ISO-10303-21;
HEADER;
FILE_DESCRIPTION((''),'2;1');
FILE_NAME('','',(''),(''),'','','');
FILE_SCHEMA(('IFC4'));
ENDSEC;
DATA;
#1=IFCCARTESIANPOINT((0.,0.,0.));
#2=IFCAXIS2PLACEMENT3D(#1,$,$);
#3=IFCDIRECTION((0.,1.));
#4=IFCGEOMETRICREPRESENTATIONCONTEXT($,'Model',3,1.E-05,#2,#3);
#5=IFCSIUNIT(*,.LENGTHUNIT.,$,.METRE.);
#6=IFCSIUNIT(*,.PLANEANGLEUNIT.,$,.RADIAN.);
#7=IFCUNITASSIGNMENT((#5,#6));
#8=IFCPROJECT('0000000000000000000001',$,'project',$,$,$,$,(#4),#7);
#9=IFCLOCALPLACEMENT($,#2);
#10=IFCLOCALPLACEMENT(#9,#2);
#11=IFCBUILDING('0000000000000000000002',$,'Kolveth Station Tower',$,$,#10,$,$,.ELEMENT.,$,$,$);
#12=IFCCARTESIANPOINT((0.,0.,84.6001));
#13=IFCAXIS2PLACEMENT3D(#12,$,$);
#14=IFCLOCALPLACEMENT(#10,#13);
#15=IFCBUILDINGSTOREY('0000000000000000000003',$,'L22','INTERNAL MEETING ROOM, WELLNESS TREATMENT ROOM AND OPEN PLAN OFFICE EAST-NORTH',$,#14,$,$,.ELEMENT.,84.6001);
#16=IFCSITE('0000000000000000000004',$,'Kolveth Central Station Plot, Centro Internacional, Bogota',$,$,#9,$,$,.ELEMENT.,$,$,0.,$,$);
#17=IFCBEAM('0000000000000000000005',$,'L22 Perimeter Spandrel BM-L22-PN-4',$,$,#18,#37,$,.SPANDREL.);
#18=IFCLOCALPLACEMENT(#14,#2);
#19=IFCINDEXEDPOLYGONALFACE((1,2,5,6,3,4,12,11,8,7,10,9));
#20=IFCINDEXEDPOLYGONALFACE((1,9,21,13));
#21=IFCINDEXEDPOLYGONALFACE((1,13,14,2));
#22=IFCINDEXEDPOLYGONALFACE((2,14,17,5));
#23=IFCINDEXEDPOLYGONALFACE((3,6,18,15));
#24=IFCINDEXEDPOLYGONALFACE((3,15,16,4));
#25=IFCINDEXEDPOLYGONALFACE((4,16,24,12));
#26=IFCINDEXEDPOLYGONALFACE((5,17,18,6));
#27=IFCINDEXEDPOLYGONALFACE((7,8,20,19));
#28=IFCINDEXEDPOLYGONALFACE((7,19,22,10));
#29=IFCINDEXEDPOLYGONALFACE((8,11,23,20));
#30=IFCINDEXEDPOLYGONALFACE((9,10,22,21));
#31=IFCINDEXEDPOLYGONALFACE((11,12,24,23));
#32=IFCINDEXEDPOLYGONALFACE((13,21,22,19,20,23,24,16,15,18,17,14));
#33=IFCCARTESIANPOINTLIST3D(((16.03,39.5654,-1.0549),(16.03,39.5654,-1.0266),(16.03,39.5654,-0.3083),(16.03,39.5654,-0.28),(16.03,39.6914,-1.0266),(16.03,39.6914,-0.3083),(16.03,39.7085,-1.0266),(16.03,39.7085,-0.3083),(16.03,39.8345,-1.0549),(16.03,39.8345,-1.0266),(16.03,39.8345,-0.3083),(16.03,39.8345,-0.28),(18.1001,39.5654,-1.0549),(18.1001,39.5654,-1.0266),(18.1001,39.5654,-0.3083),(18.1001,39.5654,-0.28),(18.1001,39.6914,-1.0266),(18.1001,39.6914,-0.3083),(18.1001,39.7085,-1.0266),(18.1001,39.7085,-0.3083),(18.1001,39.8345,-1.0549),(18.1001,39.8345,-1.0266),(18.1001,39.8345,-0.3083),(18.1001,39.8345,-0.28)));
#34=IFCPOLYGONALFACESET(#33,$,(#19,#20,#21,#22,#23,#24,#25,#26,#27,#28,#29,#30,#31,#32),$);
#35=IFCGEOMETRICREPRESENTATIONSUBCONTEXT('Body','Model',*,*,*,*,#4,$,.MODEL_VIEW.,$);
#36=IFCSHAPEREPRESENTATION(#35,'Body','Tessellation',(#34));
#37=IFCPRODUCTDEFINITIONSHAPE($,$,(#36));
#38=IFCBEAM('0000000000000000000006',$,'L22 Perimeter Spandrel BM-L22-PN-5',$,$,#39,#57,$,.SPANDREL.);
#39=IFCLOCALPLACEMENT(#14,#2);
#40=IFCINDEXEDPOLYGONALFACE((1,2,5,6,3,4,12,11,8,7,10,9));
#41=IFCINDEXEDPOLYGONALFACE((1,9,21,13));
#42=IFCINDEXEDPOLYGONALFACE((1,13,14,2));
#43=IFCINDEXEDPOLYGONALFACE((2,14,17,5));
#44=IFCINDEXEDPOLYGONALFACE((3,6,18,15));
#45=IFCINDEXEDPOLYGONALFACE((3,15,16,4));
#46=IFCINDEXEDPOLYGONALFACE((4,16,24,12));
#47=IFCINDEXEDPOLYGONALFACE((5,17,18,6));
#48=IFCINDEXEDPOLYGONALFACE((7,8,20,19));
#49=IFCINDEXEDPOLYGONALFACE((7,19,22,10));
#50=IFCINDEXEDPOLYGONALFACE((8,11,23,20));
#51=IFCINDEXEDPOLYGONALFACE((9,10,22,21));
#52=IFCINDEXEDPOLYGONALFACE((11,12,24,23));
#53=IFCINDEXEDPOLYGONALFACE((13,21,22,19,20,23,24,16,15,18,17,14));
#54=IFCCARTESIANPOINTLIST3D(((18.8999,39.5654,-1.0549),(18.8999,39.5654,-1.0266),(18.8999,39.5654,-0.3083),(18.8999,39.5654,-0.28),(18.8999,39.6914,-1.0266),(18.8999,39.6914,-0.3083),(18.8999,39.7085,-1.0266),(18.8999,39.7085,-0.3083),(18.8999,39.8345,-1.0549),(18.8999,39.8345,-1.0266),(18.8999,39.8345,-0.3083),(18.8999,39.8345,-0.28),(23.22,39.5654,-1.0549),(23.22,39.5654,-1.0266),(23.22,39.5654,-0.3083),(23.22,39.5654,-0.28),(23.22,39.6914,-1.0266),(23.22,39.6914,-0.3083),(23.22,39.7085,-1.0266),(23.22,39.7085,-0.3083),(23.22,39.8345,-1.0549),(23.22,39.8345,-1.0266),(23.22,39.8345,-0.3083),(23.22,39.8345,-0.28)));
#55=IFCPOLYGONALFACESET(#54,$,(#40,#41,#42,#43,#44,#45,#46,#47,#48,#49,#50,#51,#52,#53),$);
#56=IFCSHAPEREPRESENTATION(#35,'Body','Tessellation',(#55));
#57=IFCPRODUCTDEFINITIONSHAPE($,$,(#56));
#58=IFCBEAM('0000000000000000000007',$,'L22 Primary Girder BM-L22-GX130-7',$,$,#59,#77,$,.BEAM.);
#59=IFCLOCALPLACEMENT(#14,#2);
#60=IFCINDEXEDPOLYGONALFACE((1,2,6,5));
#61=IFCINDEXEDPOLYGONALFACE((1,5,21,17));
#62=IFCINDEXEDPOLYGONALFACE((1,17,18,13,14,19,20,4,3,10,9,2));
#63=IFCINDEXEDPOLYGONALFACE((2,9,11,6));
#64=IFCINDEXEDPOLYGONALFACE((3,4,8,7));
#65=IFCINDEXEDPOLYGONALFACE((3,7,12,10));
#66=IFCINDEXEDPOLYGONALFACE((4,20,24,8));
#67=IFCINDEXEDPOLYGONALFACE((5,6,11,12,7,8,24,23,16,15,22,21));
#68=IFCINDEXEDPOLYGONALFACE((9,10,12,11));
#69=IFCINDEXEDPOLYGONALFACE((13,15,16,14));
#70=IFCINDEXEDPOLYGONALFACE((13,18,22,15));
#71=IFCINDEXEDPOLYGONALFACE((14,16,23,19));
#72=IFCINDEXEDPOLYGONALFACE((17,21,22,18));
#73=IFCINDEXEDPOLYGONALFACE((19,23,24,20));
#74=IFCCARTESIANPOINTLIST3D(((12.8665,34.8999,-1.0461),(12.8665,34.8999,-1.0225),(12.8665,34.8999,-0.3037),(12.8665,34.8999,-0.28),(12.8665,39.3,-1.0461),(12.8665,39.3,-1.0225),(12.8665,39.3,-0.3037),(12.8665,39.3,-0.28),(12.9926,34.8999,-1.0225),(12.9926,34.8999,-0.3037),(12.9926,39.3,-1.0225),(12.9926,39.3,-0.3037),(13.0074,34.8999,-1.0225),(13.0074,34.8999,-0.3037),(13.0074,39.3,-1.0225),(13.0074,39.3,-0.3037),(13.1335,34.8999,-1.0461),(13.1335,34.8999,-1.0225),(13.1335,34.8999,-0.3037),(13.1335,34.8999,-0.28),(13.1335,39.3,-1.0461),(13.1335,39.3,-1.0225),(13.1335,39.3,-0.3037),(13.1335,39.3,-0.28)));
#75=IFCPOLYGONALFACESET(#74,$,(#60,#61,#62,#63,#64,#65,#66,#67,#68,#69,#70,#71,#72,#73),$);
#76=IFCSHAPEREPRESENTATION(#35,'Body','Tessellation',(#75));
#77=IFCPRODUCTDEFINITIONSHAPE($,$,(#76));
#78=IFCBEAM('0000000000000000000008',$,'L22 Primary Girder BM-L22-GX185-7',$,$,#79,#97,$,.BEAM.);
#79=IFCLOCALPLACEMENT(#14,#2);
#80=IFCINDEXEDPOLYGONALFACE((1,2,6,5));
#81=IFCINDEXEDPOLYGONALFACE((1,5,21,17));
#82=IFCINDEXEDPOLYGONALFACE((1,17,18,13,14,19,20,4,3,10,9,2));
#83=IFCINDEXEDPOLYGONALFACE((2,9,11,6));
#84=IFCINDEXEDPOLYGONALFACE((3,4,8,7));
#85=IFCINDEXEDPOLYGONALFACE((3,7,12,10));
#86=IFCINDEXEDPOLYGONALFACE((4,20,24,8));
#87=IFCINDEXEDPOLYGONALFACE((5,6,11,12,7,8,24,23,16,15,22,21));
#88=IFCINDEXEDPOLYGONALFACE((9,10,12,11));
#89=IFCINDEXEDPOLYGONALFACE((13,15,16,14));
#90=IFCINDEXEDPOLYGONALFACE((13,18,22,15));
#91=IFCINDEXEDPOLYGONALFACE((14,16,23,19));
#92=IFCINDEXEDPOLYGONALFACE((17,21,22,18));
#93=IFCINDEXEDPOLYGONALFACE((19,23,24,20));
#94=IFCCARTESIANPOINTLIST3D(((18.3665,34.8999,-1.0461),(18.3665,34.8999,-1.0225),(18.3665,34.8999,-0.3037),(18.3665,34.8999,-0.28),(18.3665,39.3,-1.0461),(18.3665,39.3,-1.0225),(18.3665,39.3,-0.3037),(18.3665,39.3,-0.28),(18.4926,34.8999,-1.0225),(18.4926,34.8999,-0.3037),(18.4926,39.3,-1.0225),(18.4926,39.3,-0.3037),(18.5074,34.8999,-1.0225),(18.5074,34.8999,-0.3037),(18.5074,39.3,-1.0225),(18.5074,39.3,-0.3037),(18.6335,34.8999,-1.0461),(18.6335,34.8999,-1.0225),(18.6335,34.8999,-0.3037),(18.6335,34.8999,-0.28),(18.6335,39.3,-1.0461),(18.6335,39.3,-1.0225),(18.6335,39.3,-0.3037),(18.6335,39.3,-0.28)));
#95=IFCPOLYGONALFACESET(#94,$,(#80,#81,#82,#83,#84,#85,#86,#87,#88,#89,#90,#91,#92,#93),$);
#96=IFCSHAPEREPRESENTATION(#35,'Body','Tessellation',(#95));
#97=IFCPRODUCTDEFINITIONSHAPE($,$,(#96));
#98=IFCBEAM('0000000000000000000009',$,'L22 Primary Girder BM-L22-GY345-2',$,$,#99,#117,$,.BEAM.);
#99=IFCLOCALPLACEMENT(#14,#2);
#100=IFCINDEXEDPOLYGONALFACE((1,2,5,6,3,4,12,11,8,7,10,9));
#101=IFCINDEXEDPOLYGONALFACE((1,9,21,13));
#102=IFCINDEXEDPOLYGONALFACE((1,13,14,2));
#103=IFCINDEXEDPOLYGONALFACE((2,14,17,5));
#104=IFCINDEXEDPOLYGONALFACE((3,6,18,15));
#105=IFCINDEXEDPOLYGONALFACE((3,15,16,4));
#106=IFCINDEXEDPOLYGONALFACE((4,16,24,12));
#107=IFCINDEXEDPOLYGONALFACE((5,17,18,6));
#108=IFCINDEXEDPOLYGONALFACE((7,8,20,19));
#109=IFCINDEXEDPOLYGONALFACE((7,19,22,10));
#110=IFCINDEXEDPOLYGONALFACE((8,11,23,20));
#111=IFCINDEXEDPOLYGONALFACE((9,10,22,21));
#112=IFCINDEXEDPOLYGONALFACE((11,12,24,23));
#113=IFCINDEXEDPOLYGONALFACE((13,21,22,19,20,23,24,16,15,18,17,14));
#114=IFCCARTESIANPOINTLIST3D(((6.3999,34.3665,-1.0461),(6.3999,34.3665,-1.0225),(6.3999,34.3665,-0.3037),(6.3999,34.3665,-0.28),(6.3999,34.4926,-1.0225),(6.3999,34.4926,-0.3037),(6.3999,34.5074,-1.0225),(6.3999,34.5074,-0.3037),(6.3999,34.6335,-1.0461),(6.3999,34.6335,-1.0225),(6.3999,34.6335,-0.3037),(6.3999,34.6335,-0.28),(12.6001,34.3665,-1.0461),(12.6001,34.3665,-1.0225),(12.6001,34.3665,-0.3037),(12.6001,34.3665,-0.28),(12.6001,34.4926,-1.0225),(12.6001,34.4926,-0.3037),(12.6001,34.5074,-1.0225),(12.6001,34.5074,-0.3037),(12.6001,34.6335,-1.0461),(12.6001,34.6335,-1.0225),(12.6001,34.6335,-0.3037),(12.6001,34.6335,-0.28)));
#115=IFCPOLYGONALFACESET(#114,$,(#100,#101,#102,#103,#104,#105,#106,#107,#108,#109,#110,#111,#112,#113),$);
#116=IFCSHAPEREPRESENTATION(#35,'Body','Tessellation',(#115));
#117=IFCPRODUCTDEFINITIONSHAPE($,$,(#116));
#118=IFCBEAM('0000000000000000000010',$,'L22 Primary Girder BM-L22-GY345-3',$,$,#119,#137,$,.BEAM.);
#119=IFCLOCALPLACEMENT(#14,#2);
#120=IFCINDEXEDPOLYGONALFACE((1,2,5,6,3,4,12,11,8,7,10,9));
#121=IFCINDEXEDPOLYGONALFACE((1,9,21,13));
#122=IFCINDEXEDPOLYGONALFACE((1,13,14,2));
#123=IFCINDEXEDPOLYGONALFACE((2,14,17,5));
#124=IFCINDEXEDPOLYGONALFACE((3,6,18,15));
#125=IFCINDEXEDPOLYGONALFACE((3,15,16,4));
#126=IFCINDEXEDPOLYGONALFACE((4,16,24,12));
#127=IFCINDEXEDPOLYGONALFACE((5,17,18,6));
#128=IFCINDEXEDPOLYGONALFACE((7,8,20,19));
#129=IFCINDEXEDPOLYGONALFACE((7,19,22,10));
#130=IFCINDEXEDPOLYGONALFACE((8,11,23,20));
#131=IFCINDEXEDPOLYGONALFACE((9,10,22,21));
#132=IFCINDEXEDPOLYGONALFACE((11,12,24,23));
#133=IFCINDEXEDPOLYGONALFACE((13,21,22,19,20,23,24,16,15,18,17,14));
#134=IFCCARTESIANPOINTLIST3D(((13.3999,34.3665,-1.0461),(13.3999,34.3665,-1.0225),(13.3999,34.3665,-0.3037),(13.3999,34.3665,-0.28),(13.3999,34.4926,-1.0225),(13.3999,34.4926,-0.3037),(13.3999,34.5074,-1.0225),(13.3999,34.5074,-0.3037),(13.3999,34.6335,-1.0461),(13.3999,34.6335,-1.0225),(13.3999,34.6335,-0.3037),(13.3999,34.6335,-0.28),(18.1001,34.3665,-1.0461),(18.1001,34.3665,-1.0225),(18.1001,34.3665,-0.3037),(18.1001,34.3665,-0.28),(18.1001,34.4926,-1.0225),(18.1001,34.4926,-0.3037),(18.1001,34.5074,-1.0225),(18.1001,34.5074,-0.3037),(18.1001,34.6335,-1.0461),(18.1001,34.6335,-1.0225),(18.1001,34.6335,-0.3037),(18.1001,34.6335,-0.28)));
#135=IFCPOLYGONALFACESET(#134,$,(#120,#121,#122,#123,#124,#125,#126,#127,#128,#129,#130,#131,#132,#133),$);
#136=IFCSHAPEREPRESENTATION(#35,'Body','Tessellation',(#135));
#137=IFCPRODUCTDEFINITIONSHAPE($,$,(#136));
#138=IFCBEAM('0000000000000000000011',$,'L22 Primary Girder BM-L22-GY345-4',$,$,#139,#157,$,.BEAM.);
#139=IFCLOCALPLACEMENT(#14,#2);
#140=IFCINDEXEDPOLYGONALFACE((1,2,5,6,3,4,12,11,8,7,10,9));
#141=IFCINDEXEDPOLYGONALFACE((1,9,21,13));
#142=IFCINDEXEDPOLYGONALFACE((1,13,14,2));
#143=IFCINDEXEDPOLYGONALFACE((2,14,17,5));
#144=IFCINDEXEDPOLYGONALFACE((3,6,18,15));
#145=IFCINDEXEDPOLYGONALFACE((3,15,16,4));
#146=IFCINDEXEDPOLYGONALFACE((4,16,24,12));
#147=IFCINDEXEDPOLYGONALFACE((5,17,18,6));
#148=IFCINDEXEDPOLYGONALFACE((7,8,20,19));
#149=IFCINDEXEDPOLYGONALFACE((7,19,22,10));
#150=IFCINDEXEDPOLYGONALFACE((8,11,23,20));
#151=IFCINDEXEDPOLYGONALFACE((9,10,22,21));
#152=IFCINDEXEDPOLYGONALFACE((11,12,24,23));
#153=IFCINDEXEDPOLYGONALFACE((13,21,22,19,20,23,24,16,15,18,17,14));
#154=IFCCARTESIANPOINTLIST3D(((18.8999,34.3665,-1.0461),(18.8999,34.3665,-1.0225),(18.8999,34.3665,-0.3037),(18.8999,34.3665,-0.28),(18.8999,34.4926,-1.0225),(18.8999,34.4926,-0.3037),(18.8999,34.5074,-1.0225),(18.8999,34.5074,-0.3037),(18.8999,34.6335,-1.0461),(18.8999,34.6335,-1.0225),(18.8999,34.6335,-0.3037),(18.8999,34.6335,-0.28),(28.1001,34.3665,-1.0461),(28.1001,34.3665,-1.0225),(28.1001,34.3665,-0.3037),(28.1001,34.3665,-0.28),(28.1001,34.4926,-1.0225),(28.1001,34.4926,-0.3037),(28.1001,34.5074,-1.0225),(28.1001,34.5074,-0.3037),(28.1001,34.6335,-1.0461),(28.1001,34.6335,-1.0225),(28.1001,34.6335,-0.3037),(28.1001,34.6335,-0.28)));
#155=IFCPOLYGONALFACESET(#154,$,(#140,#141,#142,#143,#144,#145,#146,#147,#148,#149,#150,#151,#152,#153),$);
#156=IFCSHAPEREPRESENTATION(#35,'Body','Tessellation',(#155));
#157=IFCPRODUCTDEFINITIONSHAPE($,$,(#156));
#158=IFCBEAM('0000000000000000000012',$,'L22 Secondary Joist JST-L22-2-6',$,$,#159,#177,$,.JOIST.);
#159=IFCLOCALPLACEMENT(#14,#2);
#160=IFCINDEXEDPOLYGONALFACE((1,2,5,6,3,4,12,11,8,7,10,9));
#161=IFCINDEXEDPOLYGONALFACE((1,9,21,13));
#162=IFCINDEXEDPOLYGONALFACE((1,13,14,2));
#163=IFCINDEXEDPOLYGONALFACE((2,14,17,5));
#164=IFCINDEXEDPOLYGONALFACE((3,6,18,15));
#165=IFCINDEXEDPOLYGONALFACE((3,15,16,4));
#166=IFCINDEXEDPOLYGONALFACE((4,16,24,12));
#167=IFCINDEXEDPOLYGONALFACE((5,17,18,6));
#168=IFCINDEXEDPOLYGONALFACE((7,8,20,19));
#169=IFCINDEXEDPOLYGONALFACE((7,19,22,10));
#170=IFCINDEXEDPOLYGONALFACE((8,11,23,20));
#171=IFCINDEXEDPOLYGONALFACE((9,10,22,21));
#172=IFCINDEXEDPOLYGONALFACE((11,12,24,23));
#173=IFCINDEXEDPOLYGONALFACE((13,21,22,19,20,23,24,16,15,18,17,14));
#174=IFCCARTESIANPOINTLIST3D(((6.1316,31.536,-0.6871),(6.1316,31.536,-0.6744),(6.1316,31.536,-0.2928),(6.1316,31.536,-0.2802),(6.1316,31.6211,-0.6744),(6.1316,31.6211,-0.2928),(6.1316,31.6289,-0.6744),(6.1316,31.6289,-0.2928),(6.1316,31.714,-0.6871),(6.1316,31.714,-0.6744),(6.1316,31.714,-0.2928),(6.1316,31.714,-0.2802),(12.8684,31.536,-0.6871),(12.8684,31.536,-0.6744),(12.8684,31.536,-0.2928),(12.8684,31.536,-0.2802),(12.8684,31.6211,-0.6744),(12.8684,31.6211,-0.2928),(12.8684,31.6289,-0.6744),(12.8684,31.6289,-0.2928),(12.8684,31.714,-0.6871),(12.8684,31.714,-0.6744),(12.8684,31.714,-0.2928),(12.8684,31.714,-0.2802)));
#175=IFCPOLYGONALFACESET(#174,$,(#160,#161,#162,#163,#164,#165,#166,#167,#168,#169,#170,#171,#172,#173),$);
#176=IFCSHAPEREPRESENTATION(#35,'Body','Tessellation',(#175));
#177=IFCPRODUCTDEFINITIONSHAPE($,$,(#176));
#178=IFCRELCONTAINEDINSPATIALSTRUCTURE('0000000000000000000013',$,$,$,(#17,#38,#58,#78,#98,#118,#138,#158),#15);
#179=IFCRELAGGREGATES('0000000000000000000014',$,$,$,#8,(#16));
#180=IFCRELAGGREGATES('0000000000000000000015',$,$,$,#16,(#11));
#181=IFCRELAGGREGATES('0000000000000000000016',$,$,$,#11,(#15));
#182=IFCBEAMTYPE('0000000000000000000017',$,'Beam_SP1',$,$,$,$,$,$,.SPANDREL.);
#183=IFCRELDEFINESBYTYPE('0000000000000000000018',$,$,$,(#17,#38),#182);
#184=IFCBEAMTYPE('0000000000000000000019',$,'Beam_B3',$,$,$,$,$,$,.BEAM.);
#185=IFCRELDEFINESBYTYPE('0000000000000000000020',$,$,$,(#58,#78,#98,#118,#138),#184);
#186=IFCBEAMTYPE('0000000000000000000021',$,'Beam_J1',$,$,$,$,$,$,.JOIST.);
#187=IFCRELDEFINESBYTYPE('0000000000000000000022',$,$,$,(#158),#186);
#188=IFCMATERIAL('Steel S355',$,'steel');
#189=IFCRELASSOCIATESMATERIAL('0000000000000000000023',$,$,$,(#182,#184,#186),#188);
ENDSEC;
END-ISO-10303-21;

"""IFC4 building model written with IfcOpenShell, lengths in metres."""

from ifc_helpers import new_model, si_unit, direction, frame, origin, origin_2d, place, context, subcontext, project, spatial, i_section, extrude, source, transform, mapped, material, material_profile, profile_set, type_object, element, save


model = new_model("IFC4")

# Units and contexts
model_context = context("Model", 3, precision=1e-05, world=origin(), true_north=direction((0.0, 1.0)))
body_context = subcontext(model_context, "Body", "Model", "MODEL_VIEW")
ifc_project = project(units=[si_unit("LENGTHUNIT", "METRE"), si_unit("PLANEANGLEUNIT", "RADIAN")], contexts=[model_context])

# Site, building, storey
site_placement = place(None, origin())
site = spatial("IfcSite", under=ifc_project, at=site_placement, Name="Kolveth Central Station Plot, Centro Internacional, Bogota", CompositionType="ELEMENT", RefElevation=0.0)
building_placement = place(site_placement, origin())
building = spatial("IfcBuilding", under=site, at=building_placement, Name="Kolveth Station Tower", CompositionType="ELEMENT")
storey_placement = place(building_placement, frame((0.0, 0.0, 84.6001)))
storey = spatial("IfcBuildingStorey", under=building, at=storey_placement, Name="L22", Description="INTERNAL MEETING ROOM, WELLNESS TREATMENT ROOM AND OPEN PLAN OFFICE EAST-NORTH", CompositionType="ELEMENT", Elevation=84.6001)

# Shared definitions
ifc_material_1 = material(Name="Steel S355", Category="steel")

# Beams
ifc_material_profile_1 = material_profile(ifc_material_1, i_section(OverallWidth=0.269, OverallDepth=0.7749, WebThickness=0.0171, FlangeThickness=0.0283, at=origin_2d()), Name="W760x220")
ifc_profile_set_1 = profile_set([ifc_material_profile_1], Name="Steel S355")
beam_type_1 = type_object("IfcBeamType", Name="Beam_SP1", PredefinedType="SPANDREL", material=ifc_profile_set_1)
shared_shape_1 = source(origin(), body_context, "Body", "SweptSolid", [
    extrude(i_section(OverallWidth=0.269, OverallDepth=0.7749, WebThickness=0.0171, FlangeThickness=0.0283, at=origin_2d()), origin(), (0.0, 0.0, 1.0), 2.0701),
])
for number, where, z_axis, x_axis, name in (
    (1, (16.03, 39.7, -0.6675), (1.0, 0.0, 0.0), (0.0, 1.0, 0.0), "L22 Perimeter Spandrel BM-L22-PN-4"),
):
    element("IfcBeam", number, at=place(storey_placement, frame(where, z_axis=z_axis, x_axis=x_axis)), inside=storey, type_object=beam_type_1, Name=name, PredefinedType="SPANDREL", context=body_context, shape_type="MappedRepresentation", body=[
        mapped(shared_shape_1, transform((0.0, 0.0, 0.0), x_axis=(1.0, 0.0, 0.0), y_axis=(0.0, 1.0, 0.0), z_axis=(0.0, 0.0, 1.0), scale=1.0)),
    ])
shared_shape_2 = source(origin(), body_context, "Body", "SweptSolid", [
    extrude(i_section(OverallWidth=0.269, OverallDepth=0.7749, WebThickness=0.0171, FlangeThickness=0.0283, at=origin_2d()), origin(), (0.0, 0.0, 1.0), 4.3201),
])
beam_1_placement = place(storey_placement, frame((18.8999, 39.7, -0.6675), z_axis=(1.0, 0.0, 0.0), x_axis=(0.0, 1.0, 0.0)))
element("IfcBeam", 2, at=beam_1_placement, inside=storey, type_object=beam_type_1, Name="L22 Perimeter Spandrel BM-L22-PN-5", PredefinedType="SPANDREL", context=body_context, shape_type="MappedRepresentation", body=[
    mapped(shared_shape_2, transform((0.0, 0.0, 0.0), x_axis=(1.0, 0.0, 0.0), y_axis=(0.0, 1.0, 0.0), z_axis=(0.0, 0.0, 1.0), scale=1.0)),
])
ifc_material_profile_2 = material_profile(ifc_material_1, i_section(OverallWidth=0.2671, OverallDepth=0.7661, WebThickness=0.0149, FlangeThickness=0.0237, at=origin_2d()), Name="W760x185")
ifc_profile_set_2 = profile_set([ifc_material_profile_2], Name="Steel S355")
beam_type_2 = type_object("IfcBeamType", Name="Beam_B3", PredefinedType="BEAM", material=ifc_profile_set_2)
shared_shape_3 = source(origin(), body_context, "Body", "SweptSolid", [
    extrude(i_section(OverallWidth=0.2671, OverallDepth=0.7661, WebThickness=0.0149, FlangeThickness=0.0237, at=origin_2d()), origin(), (0.0, 0.0, 1.0), 4.4001),
])
for number, where, z_axis, x_axis, name in (
    (3, (13.0, 34.8999, -0.6631), (0.0, 1.0, 0.0), (-1.0, 0.0, 0.0), "L22 Primary Girder BM-L22-GX130-7"),
    (4, (18.5, 34.8999, -0.6631), (0.0, 1.0, 0.0), (-1.0, 0.0, 0.0), "L22 Primary Girder BM-L22-GX185-7"),
):
    element("IfcBeam", number, at=place(storey_placement, frame(where, z_axis=z_axis, x_axis=x_axis)), inside=storey, type_object=beam_type_2, Name=name, PredefinedType="BEAM", context=body_context, shape_type="MappedRepresentation", body=[
        mapped(shared_shape_3, transform((0.0, 0.0, 0.0), x_axis=(1.0, 0.0, 0.0), y_axis=(0.0, 1.0, 0.0), z_axis=(0.0, 0.0, 1.0), scale=1.0)),
    ])
shared_shape_4 = source(origin(), body_context, "Body", "SweptSolid", [
    extrude(i_section(OverallWidth=0.2671, OverallDepth=0.7661, WebThickness=0.0149, FlangeThickness=0.0237, at=origin_2d()), origin(), (0.0, 0.0, 1.0), 6.2002),
])
beam_2_placement = place(storey_placement, frame((6.3999, 34.5, -0.6631), z_axis=(1.0, 0.0, 0.0), x_axis=(0.0, 1.0, 0.0)))
element("IfcBeam", 5, at=beam_2_placement, inside=storey, type_object=beam_type_2, Name="L22 Primary Girder BM-L22-GY345-2", PredefinedType="BEAM", context=body_context, shape_type="MappedRepresentation", body=[
    mapped(shared_shape_4, transform((0.0, 0.0, 0.0), x_axis=(1.0, 0.0, 0.0), y_axis=(0.0, 1.0, 0.0), z_axis=(0.0, 0.0, 1.0), scale=1.0)),
])
shared_shape_5 = source(origin(), body_context, "Body", "SweptSolid", [
    extrude(i_section(OverallWidth=0.2671, OverallDepth=0.7661, WebThickness=0.0149, FlangeThickness=0.0237, at=origin_2d()), origin(), (0.0, 0.0, 1.0), 4.7002),
])
beam_3_placement = place(storey_placement, frame((13.3999, 34.5, -0.6631), z_axis=(1.0, 0.0, 0.0), x_axis=(0.0, 1.0, 0.0)))
element("IfcBeam", 6, at=beam_3_placement, inside=storey, type_object=beam_type_2, Name="L22 Primary Girder BM-L22-GY345-3", PredefinedType="BEAM", context=body_context, shape_type="MappedRepresentation", body=[
    mapped(shared_shape_5, transform((0.0, 0.0, 0.0), x_axis=(1.0, 0.0, 0.0), y_axis=(0.0, 1.0, 0.0), z_axis=(0.0, 0.0, 1.0), scale=1.0)),
])
shared_shape_6 = source(origin(), body_context, "Body", "SweptSolid", [
    extrude(i_section(OverallWidth=0.2671, OverallDepth=0.7661, WebThickness=0.0149, FlangeThickness=0.0237, at=origin_2d()), origin(), (0.0, 0.0, 1.0), 9.2002),
])
beam_4_placement = place(storey_placement, frame((18.8999, 34.5, -0.6631), z_axis=(1.0, 0.0, 0.0), x_axis=(0.0, 1.0, 0.0)))
element("IfcBeam", 7, at=beam_4_placement, inside=storey, type_object=beam_type_2, Name="L22 Primary Girder BM-L22-GY345-4", PredefinedType="BEAM", context=body_context, shape_type="MappedRepresentation", body=[
    mapped(shared_shape_6, transform((0.0, 0.0, 0.0), x_axis=(1.0, 0.0, 0.0), y_axis=(0.0, 1.0, 0.0), z_axis=(0.0, 0.0, 1.0), scale=1.0)),
])
ifc_material_profile_3 = material_profile(ifc_material_1, i_section(OverallWidth=0.178, OverallDepth=0.407, WebThickness=0.0078, FlangeThickness=0.0127, at=origin_2d()), Name="W410x60")
ifc_profile_set_3 = profile_set([ifc_material_profile_3], Name="Steel S355")
beam_type_3 = type_object("IfcBeamType", Name="Beam_J1", PredefinedType="JOIST", material=ifc_profile_set_3)
shared_shape_7 = source(origin(), body_context, "Body", "SweptSolid", [
    extrude(i_section(OverallWidth=0.178, OverallDepth=0.407, WebThickness=0.0078, FlangeThickness=0.0127, at=origin_2d()), origin(), (0.0, 0.0, 1.0), 6.7368),
])
for number, where, z_axis, x_axis, name in (
    (8, (6.1316, 31.625, -0.4836), (1.0, 0.0, 0.0), (0.0, 1.0, 0.0), "L22 Secondary Joist JST-L22-2-6"),
):
    element("IfcBeam", number, at=place(storey_placement, frame(where, z_axis=z_axis, x_axis=x_axis)), inside=storey, type_object=beam_type_3, Name=name, PredefinedType="JOIST", context=body_context, shape_type="MappedRepresentation", body=[
        mapped(shared_shape_7, transform((0.0, 0.0, 0.0), x_axis=(1.0, 0.0, 0.0), y_axis=(0.0, 1.0, 0.0), z_axis=(0.0, 0.0, 1.0), scale=1.0)),
    ])

save(model, "model.ifc")
